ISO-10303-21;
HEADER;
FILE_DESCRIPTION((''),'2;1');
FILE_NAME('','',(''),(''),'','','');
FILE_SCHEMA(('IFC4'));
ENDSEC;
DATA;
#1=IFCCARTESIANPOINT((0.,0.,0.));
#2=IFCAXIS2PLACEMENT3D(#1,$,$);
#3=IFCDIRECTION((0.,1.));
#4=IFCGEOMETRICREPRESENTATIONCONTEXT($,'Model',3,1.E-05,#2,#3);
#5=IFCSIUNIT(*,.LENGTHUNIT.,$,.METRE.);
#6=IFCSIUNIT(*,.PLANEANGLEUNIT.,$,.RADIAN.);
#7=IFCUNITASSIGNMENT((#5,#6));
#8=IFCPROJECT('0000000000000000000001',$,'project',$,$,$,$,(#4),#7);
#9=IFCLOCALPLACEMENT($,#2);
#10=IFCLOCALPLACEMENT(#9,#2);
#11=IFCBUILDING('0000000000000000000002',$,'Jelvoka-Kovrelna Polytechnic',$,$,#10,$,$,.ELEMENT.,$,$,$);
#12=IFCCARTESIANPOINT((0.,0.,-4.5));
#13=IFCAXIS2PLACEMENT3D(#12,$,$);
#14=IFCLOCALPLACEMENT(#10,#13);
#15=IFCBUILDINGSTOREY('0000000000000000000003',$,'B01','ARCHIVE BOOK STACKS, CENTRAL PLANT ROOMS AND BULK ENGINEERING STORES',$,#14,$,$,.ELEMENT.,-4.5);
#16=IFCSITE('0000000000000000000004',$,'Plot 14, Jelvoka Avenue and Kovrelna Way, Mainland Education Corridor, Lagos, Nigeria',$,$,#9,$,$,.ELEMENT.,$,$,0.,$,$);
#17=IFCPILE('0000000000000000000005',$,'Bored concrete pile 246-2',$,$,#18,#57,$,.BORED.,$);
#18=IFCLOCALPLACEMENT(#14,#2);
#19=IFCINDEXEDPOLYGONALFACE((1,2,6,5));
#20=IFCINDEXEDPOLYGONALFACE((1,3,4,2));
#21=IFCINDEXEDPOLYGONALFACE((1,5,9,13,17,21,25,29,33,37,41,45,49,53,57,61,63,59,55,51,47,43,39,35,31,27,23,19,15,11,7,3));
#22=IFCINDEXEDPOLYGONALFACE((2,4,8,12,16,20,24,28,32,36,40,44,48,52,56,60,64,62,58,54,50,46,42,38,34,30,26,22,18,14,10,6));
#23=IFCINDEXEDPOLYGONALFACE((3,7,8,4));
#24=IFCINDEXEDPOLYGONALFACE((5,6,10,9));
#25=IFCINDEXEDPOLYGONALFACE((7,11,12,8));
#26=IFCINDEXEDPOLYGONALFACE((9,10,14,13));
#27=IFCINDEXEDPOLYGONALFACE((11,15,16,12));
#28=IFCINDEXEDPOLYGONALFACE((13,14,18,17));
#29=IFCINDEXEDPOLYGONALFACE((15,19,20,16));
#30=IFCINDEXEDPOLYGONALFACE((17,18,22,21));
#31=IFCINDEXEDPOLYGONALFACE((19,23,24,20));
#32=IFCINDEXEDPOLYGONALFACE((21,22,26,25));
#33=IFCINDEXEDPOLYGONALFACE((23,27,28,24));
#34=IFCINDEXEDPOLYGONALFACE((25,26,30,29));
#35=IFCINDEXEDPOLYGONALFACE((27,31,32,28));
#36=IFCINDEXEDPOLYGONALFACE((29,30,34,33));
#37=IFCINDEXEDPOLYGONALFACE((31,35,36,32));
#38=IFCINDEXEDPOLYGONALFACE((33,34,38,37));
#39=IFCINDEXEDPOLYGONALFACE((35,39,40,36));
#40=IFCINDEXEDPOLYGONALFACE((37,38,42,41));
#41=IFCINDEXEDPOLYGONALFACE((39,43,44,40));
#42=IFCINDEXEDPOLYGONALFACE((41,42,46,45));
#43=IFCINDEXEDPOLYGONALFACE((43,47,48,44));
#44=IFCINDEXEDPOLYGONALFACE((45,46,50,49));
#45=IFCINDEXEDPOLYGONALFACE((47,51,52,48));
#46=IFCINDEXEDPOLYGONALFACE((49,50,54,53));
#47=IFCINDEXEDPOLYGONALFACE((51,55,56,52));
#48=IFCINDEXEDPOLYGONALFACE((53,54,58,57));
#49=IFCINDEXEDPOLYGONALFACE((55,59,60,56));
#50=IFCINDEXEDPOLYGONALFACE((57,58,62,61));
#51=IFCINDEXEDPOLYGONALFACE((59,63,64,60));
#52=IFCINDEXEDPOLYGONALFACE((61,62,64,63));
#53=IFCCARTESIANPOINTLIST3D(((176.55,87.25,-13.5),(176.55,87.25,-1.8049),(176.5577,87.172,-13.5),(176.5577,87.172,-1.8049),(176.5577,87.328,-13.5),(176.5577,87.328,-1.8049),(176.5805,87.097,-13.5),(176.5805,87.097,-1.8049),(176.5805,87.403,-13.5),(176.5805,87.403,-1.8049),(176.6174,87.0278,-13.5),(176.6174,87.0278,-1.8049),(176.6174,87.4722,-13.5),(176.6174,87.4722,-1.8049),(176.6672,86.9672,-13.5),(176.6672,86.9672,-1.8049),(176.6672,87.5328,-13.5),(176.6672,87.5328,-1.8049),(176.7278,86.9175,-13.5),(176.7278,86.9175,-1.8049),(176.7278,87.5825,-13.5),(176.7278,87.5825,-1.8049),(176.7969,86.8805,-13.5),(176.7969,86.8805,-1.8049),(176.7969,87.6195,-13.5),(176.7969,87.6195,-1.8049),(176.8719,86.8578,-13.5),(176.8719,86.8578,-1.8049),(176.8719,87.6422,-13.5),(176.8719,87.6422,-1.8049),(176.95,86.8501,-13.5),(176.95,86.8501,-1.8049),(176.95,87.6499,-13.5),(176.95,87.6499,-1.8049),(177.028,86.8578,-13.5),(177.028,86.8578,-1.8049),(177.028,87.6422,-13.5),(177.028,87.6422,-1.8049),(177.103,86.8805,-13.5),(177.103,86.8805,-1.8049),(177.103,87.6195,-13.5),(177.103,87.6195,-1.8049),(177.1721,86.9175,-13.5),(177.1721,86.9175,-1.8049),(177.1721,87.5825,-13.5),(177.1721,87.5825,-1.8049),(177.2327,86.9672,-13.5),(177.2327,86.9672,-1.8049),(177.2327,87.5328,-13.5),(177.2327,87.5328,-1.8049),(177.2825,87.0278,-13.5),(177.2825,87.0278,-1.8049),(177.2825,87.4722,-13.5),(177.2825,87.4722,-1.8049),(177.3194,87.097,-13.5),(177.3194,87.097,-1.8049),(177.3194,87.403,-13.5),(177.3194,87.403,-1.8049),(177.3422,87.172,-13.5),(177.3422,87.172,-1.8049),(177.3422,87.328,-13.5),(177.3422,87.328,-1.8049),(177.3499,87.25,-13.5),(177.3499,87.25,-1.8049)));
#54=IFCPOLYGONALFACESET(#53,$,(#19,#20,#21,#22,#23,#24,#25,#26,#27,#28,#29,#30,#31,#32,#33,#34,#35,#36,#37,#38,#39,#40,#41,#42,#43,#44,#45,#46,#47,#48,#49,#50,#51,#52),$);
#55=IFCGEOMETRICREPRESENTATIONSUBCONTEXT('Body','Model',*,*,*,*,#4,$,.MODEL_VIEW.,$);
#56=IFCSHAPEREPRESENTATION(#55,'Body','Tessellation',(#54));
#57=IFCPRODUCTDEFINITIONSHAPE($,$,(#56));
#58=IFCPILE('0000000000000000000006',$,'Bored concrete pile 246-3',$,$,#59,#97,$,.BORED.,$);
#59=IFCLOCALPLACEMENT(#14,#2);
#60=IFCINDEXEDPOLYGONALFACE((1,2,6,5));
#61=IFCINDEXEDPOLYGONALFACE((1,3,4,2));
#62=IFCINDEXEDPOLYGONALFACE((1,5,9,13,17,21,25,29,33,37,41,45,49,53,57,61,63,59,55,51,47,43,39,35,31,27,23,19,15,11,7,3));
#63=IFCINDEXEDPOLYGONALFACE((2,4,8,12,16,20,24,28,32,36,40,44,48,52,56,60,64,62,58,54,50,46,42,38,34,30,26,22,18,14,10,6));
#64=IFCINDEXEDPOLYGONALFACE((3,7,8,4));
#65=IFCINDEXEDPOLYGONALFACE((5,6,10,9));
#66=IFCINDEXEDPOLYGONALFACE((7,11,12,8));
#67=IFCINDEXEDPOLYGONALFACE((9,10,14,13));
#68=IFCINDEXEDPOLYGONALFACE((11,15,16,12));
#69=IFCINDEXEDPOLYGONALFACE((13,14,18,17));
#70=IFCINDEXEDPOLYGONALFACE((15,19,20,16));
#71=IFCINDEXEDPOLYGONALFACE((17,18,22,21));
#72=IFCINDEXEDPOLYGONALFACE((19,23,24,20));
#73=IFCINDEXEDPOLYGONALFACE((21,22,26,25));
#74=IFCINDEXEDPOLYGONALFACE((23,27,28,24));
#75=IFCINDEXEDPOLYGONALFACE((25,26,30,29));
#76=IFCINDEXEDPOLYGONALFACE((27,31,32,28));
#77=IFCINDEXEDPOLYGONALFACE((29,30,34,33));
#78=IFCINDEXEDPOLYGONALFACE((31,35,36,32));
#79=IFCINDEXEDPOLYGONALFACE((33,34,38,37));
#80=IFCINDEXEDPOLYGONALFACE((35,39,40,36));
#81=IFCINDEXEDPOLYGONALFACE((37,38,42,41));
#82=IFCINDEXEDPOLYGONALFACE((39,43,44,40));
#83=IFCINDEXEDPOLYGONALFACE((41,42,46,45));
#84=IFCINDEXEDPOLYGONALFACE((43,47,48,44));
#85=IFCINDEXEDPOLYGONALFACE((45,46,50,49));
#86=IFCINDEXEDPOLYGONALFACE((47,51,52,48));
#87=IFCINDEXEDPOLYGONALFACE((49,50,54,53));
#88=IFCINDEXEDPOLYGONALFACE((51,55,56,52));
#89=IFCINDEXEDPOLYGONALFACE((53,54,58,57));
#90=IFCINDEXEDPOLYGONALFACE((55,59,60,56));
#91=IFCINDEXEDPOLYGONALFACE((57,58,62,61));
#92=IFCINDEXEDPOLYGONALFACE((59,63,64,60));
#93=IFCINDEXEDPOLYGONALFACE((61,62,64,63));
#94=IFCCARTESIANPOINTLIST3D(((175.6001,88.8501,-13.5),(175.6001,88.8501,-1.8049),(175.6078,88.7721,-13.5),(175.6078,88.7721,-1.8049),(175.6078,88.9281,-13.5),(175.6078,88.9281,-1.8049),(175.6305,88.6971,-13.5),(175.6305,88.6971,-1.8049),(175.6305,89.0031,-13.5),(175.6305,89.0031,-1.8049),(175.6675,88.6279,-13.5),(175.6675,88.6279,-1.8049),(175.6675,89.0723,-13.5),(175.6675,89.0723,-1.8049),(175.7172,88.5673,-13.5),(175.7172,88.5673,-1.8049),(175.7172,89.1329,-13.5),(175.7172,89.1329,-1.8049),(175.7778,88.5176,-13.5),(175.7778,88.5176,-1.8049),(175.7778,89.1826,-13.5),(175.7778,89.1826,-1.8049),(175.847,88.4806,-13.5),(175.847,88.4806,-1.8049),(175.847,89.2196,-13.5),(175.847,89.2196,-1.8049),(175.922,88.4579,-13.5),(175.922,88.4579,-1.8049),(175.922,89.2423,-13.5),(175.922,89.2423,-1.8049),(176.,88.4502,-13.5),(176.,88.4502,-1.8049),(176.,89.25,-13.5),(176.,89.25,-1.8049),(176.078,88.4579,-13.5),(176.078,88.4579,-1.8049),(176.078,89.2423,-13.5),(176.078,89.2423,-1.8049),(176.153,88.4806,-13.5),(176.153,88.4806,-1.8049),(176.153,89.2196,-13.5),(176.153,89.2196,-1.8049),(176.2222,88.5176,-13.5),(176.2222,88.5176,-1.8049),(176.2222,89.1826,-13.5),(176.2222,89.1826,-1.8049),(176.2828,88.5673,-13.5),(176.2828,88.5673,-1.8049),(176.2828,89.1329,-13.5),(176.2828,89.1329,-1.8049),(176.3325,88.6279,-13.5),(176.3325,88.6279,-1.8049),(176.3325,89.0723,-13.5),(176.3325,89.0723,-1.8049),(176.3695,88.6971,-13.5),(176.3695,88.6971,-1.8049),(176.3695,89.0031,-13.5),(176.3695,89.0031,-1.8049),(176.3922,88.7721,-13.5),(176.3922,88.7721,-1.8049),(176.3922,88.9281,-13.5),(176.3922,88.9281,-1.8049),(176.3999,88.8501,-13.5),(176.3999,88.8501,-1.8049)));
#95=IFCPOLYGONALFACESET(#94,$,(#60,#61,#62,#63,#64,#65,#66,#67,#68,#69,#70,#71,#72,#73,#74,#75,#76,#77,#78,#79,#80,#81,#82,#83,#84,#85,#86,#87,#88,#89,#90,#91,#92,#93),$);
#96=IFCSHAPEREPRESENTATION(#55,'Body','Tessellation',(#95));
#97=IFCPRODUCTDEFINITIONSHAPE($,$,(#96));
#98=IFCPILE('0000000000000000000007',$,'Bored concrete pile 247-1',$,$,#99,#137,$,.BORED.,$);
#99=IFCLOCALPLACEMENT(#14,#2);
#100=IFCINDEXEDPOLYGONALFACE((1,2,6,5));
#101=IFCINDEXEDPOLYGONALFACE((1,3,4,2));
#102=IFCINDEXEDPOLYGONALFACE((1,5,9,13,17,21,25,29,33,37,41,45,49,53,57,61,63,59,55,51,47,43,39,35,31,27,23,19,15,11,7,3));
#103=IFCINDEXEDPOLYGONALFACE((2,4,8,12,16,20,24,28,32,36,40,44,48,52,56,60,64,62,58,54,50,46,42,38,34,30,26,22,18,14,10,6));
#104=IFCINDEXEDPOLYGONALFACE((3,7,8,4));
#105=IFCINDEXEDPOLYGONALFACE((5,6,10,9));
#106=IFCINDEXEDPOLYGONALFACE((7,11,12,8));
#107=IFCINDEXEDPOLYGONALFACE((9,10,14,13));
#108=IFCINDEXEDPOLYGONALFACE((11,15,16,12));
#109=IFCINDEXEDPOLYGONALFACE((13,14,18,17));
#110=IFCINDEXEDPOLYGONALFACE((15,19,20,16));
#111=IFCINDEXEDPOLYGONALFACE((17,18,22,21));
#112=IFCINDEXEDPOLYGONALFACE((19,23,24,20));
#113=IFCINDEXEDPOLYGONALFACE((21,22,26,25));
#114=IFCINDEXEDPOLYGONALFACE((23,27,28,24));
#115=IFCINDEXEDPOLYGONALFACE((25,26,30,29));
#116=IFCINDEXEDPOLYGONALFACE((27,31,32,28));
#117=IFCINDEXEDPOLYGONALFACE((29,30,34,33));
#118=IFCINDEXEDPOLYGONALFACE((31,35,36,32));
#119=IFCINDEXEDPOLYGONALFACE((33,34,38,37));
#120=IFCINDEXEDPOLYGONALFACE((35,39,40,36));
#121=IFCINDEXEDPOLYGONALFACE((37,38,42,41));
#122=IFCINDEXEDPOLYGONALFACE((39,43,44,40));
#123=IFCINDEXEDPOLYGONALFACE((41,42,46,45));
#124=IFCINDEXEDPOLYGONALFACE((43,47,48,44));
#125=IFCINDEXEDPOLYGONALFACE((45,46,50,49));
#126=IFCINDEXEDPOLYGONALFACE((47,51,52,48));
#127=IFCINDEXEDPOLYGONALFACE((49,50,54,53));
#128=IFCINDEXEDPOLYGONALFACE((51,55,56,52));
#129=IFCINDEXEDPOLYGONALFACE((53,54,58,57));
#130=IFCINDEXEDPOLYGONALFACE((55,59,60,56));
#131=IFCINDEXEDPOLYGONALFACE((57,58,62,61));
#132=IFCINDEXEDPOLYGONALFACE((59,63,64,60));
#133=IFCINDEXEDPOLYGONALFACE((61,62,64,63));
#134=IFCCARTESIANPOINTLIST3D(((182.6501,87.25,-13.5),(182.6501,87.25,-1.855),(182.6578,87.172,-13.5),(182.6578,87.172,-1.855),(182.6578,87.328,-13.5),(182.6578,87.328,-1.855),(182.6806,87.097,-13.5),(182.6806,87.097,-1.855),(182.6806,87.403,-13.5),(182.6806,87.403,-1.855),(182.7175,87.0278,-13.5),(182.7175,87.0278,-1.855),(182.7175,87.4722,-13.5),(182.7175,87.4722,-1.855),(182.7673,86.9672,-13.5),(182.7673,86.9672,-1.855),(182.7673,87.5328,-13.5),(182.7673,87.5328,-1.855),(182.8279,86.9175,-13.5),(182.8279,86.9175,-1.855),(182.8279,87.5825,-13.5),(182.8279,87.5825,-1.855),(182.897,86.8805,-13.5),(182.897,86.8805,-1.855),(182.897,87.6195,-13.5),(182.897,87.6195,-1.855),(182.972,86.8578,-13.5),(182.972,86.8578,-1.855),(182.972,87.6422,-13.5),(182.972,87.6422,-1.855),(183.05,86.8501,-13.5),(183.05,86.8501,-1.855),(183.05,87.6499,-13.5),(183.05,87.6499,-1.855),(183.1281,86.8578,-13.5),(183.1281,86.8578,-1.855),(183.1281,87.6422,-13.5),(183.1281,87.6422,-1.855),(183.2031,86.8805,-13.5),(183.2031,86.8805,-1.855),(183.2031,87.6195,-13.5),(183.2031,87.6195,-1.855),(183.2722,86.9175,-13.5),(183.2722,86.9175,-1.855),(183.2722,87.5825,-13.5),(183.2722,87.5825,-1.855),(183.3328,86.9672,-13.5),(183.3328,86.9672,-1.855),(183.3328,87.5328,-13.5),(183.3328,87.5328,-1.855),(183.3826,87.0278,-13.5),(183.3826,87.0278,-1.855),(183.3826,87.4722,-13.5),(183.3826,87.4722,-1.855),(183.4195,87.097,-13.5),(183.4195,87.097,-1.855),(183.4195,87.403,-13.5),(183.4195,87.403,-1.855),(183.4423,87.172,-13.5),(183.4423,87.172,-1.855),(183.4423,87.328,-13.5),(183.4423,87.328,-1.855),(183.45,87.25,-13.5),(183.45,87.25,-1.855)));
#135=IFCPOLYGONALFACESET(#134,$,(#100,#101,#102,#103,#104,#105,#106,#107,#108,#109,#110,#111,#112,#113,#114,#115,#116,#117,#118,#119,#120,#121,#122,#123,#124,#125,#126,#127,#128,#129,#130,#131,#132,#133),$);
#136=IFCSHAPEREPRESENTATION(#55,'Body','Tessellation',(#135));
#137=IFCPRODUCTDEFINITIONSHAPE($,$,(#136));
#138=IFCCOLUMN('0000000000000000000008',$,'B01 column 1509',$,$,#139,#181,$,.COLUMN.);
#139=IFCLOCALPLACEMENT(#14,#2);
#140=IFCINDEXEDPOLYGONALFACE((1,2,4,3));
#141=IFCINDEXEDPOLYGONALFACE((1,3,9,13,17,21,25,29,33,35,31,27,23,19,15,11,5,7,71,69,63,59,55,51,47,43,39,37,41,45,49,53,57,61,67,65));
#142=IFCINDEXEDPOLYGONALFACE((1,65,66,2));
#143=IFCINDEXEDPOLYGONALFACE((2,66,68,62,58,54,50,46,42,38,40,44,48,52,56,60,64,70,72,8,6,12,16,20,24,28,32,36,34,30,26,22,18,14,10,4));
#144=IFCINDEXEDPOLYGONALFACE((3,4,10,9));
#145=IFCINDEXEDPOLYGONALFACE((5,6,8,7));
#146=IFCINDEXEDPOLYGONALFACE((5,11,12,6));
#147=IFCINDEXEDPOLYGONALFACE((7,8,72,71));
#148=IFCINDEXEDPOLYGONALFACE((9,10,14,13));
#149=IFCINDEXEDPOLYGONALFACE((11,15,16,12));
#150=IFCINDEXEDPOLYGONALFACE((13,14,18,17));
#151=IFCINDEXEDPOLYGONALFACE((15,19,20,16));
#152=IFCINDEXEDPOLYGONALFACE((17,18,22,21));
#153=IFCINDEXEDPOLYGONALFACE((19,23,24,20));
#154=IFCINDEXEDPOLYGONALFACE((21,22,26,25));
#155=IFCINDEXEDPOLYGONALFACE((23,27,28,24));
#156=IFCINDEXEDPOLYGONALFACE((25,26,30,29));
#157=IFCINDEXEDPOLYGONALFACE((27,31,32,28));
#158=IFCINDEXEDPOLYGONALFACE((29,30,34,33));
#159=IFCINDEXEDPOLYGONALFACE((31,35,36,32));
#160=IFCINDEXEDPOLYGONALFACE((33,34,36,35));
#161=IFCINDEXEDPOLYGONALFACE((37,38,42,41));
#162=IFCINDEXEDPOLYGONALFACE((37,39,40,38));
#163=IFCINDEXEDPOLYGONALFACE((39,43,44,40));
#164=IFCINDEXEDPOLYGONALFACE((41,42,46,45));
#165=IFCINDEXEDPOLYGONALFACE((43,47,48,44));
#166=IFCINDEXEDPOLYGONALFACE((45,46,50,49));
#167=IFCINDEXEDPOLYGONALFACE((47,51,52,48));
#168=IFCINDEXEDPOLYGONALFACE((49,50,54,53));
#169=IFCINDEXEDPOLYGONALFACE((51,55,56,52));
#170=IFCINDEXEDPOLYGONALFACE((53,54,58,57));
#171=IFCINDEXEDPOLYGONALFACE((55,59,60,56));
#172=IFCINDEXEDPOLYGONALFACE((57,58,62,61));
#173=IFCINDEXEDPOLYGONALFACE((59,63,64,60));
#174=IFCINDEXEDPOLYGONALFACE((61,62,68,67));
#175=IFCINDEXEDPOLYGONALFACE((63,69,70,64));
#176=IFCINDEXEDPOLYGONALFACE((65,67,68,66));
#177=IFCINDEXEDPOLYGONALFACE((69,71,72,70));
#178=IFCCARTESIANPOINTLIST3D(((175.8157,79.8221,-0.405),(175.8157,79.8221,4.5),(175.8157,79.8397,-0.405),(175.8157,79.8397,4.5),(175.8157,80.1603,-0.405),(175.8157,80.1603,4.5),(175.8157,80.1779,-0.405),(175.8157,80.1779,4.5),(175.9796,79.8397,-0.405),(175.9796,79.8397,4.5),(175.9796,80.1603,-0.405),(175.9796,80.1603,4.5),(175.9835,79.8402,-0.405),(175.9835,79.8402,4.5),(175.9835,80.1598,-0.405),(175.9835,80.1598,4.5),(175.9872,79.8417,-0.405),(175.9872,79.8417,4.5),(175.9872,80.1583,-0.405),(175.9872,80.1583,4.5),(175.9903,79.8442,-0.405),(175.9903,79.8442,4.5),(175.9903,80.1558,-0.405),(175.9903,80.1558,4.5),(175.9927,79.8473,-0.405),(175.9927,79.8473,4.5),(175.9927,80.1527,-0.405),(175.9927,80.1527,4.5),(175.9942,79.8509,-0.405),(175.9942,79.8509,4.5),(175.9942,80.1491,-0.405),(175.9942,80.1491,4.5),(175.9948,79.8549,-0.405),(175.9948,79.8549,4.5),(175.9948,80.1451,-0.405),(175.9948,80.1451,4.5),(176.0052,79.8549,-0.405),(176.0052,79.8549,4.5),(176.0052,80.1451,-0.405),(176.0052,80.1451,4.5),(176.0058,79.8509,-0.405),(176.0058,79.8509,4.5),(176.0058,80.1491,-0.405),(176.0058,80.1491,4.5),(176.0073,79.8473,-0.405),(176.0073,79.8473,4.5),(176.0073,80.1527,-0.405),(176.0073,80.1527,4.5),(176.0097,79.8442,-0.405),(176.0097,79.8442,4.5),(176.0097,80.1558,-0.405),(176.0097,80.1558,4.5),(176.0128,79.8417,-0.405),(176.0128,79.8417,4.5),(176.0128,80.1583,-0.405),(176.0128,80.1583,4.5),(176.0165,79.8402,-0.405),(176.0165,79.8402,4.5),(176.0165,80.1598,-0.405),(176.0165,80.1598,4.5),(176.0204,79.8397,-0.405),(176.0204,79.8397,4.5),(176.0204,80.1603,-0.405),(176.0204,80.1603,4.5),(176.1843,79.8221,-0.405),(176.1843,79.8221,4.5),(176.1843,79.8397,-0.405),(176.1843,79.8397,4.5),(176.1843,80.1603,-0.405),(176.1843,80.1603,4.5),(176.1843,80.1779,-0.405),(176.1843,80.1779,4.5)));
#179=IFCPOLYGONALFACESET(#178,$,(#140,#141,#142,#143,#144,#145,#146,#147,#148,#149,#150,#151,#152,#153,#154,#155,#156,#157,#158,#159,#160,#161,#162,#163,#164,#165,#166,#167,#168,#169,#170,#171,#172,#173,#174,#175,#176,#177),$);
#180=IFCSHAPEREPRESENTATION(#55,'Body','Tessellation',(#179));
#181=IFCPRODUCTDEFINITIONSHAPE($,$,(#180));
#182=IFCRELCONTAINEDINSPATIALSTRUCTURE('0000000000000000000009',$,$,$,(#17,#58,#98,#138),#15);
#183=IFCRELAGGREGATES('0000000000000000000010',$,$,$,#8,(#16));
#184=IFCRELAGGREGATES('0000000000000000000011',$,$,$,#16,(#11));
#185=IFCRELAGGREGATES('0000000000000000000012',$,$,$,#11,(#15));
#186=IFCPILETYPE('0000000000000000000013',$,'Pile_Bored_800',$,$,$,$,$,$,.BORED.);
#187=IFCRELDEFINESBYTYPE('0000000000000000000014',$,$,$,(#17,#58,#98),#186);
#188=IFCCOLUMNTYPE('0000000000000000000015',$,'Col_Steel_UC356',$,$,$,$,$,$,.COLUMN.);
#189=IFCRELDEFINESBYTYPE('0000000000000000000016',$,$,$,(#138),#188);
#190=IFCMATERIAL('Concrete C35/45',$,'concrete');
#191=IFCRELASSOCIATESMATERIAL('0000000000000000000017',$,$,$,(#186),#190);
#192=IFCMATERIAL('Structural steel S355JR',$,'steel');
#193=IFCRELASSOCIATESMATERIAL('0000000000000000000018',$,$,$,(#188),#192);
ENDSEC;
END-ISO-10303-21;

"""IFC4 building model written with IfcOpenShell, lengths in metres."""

from ifc_helpers import new_model, si_unit, direction, frame, origin, origin_2d, place, context, subcontext, project, spatial, circle, i_section, extrude, material, material_profile, profile_set, type_object, element, save


model = new_model("IFC4")

# Units and contexts
model_context = context("Model", 3, precision=1e-05, world=origin(), true_north=direction((0.0, 1.0)))
body_context = subcontext(model_context, "Body", "Model", "MODEL_VIEW")
ifc_project = project(units=[si_unit("LENGTHUNIT", "METRE"), si_unit("PLANEANGLEUNIT", "RADIAN")], contexts=[model_context])

# Site, building, storey
site_placement = place(None, origin())
site = spatial("IfcSite", under=ifc_project, at=site_placement, Name="Plot 14, Jelvoka Avenue and Kovrelna Way, Mainland Education Corridor, Lagos, Nigeria", CompositionType="ELEMENT", RefElevation=0.0)
building_placement = place(site_placement, origin())
building = spatial("IfcBuilding", under=site, at=building_placement, Name="Jelvoka-Kovrelna Polytechnic", CompositionType="ELEMENT")
storey_placement = place(building_placement, frame((0.0, 0.0, -4.5)))
storey = spatial("IfcBuildingStorey", under=building, at=storey_placement, Name="B01", Description="ARCHIVE BOOK STACKS, CENTRAL PLANT ROOMS AND BULK ENGINEERING STORES", CompositionType="ELEMENT", Elevation=-4.5)

# Piles
ifc_material_1 = material(Name="Concrete C35/45", Category="concrete")
ifc_material_profile_1 = material_profile(ifc_material_1, circle(Radius=0.3999, at=origin_2d()), Name="PILE D800")
ifc_profile_set_1 = profile_set([ifc_material_profile_1], Name="Concrete C35/45")
pile_type = type_object("IfcPileType", Name="Pile_Bored_800", PredefinedType="BORED", material=ifc_profile_set_1)
for number, where, z_axis, x_axis, name in (
    (1, (176.95, 87.25, -1.8049), (0.0, 0.0, -1.0), (1.0, 0.0, 0.0), "Bored concrete pile 246-2"),
    (2, (176.0, 88.8501, -1.8049), (0.0, 0.0, -1.0), (1.0, 0.0, 0.0), "Bored concrete pile 246-3"),
):
    element("IfcPile", number, at=place(storey_placement, frame(where, z_axis=z_axis, x_axis=x_axis)), inside=storey, type_object=pile_type, Name=name, PredefinedType="BORED", context=body_context, shape_type="SweptSolid", body=[
        extrude(circle(Radius=0.3999, at=origin_2d()), origin(), (0.0, 0.0, 1.0), 11.6951),
    ])
pile_placement = place(storey_placement, frame((183.05, 87.25, -1.855), z_axis=(0.0, 0.0, -1.0), x_axis=(1.0, 0.0, 0.0)))
element("IfcPile", 3, at=pile_placement, inside=storey, type_object=pile_type, Name="Bored concrete pile 247-1", PredefinedType="BORED", context=body_context, shape_type="SweptSolid", body=[
    extrude(circle(Radius=0.3999, at=origin_2d()), origin(), (0.0, 0.0, 1.0), 11.645),
])

# Column
ifc_material_2 = material(Name="Structural steel S355JR", Category="steel")
ifc_material_profile_2 = material_profile(ifc_material_2, i_section(OverallWidth=0.3687, OverallDepth=0.3557, WebThickness=0.0105, FlangeThickness=0.0176, FilletRadius=0.0151, at=origin_2d()), Name="356x368x129 UC")
ifc_profile_set_2 = profile_set([ifc_material_profile_2], Name="Structural steel S355JR")
column_type = type_object("IfcColumnType", Name="Col_Steel_UC356", PredefinedType="COLUMN", material=ifc_profile_set_2)
for number, where, z_axis, x_axis, name in (
    (4, (176.0, 80.0, -0.405), (0.0, 0.0, 1.0), (1.0, 0.0, 0.0), "B01 column 1509"),
):
    element("IfcColumn", number, at=place(storey_placement, frame(where, z_axis=z_axis, x_axis=x_axis)), inside=storey, type_object=column_type, Name=name, PredefinedType="COLUMN", context=body_context, shape_type="SweptSolid", body=[
        extrude(i_section(OverallWidth=0.3687, OverallDepth=0.3557, WebThickness=0.0105, FlangeThickness=0.0176, FilletRadius=0.0151, at=origin_2d()), origin(), (0.0, 0.0, 1.0), 4.905),
    ])

save(model, "model.ifc")
